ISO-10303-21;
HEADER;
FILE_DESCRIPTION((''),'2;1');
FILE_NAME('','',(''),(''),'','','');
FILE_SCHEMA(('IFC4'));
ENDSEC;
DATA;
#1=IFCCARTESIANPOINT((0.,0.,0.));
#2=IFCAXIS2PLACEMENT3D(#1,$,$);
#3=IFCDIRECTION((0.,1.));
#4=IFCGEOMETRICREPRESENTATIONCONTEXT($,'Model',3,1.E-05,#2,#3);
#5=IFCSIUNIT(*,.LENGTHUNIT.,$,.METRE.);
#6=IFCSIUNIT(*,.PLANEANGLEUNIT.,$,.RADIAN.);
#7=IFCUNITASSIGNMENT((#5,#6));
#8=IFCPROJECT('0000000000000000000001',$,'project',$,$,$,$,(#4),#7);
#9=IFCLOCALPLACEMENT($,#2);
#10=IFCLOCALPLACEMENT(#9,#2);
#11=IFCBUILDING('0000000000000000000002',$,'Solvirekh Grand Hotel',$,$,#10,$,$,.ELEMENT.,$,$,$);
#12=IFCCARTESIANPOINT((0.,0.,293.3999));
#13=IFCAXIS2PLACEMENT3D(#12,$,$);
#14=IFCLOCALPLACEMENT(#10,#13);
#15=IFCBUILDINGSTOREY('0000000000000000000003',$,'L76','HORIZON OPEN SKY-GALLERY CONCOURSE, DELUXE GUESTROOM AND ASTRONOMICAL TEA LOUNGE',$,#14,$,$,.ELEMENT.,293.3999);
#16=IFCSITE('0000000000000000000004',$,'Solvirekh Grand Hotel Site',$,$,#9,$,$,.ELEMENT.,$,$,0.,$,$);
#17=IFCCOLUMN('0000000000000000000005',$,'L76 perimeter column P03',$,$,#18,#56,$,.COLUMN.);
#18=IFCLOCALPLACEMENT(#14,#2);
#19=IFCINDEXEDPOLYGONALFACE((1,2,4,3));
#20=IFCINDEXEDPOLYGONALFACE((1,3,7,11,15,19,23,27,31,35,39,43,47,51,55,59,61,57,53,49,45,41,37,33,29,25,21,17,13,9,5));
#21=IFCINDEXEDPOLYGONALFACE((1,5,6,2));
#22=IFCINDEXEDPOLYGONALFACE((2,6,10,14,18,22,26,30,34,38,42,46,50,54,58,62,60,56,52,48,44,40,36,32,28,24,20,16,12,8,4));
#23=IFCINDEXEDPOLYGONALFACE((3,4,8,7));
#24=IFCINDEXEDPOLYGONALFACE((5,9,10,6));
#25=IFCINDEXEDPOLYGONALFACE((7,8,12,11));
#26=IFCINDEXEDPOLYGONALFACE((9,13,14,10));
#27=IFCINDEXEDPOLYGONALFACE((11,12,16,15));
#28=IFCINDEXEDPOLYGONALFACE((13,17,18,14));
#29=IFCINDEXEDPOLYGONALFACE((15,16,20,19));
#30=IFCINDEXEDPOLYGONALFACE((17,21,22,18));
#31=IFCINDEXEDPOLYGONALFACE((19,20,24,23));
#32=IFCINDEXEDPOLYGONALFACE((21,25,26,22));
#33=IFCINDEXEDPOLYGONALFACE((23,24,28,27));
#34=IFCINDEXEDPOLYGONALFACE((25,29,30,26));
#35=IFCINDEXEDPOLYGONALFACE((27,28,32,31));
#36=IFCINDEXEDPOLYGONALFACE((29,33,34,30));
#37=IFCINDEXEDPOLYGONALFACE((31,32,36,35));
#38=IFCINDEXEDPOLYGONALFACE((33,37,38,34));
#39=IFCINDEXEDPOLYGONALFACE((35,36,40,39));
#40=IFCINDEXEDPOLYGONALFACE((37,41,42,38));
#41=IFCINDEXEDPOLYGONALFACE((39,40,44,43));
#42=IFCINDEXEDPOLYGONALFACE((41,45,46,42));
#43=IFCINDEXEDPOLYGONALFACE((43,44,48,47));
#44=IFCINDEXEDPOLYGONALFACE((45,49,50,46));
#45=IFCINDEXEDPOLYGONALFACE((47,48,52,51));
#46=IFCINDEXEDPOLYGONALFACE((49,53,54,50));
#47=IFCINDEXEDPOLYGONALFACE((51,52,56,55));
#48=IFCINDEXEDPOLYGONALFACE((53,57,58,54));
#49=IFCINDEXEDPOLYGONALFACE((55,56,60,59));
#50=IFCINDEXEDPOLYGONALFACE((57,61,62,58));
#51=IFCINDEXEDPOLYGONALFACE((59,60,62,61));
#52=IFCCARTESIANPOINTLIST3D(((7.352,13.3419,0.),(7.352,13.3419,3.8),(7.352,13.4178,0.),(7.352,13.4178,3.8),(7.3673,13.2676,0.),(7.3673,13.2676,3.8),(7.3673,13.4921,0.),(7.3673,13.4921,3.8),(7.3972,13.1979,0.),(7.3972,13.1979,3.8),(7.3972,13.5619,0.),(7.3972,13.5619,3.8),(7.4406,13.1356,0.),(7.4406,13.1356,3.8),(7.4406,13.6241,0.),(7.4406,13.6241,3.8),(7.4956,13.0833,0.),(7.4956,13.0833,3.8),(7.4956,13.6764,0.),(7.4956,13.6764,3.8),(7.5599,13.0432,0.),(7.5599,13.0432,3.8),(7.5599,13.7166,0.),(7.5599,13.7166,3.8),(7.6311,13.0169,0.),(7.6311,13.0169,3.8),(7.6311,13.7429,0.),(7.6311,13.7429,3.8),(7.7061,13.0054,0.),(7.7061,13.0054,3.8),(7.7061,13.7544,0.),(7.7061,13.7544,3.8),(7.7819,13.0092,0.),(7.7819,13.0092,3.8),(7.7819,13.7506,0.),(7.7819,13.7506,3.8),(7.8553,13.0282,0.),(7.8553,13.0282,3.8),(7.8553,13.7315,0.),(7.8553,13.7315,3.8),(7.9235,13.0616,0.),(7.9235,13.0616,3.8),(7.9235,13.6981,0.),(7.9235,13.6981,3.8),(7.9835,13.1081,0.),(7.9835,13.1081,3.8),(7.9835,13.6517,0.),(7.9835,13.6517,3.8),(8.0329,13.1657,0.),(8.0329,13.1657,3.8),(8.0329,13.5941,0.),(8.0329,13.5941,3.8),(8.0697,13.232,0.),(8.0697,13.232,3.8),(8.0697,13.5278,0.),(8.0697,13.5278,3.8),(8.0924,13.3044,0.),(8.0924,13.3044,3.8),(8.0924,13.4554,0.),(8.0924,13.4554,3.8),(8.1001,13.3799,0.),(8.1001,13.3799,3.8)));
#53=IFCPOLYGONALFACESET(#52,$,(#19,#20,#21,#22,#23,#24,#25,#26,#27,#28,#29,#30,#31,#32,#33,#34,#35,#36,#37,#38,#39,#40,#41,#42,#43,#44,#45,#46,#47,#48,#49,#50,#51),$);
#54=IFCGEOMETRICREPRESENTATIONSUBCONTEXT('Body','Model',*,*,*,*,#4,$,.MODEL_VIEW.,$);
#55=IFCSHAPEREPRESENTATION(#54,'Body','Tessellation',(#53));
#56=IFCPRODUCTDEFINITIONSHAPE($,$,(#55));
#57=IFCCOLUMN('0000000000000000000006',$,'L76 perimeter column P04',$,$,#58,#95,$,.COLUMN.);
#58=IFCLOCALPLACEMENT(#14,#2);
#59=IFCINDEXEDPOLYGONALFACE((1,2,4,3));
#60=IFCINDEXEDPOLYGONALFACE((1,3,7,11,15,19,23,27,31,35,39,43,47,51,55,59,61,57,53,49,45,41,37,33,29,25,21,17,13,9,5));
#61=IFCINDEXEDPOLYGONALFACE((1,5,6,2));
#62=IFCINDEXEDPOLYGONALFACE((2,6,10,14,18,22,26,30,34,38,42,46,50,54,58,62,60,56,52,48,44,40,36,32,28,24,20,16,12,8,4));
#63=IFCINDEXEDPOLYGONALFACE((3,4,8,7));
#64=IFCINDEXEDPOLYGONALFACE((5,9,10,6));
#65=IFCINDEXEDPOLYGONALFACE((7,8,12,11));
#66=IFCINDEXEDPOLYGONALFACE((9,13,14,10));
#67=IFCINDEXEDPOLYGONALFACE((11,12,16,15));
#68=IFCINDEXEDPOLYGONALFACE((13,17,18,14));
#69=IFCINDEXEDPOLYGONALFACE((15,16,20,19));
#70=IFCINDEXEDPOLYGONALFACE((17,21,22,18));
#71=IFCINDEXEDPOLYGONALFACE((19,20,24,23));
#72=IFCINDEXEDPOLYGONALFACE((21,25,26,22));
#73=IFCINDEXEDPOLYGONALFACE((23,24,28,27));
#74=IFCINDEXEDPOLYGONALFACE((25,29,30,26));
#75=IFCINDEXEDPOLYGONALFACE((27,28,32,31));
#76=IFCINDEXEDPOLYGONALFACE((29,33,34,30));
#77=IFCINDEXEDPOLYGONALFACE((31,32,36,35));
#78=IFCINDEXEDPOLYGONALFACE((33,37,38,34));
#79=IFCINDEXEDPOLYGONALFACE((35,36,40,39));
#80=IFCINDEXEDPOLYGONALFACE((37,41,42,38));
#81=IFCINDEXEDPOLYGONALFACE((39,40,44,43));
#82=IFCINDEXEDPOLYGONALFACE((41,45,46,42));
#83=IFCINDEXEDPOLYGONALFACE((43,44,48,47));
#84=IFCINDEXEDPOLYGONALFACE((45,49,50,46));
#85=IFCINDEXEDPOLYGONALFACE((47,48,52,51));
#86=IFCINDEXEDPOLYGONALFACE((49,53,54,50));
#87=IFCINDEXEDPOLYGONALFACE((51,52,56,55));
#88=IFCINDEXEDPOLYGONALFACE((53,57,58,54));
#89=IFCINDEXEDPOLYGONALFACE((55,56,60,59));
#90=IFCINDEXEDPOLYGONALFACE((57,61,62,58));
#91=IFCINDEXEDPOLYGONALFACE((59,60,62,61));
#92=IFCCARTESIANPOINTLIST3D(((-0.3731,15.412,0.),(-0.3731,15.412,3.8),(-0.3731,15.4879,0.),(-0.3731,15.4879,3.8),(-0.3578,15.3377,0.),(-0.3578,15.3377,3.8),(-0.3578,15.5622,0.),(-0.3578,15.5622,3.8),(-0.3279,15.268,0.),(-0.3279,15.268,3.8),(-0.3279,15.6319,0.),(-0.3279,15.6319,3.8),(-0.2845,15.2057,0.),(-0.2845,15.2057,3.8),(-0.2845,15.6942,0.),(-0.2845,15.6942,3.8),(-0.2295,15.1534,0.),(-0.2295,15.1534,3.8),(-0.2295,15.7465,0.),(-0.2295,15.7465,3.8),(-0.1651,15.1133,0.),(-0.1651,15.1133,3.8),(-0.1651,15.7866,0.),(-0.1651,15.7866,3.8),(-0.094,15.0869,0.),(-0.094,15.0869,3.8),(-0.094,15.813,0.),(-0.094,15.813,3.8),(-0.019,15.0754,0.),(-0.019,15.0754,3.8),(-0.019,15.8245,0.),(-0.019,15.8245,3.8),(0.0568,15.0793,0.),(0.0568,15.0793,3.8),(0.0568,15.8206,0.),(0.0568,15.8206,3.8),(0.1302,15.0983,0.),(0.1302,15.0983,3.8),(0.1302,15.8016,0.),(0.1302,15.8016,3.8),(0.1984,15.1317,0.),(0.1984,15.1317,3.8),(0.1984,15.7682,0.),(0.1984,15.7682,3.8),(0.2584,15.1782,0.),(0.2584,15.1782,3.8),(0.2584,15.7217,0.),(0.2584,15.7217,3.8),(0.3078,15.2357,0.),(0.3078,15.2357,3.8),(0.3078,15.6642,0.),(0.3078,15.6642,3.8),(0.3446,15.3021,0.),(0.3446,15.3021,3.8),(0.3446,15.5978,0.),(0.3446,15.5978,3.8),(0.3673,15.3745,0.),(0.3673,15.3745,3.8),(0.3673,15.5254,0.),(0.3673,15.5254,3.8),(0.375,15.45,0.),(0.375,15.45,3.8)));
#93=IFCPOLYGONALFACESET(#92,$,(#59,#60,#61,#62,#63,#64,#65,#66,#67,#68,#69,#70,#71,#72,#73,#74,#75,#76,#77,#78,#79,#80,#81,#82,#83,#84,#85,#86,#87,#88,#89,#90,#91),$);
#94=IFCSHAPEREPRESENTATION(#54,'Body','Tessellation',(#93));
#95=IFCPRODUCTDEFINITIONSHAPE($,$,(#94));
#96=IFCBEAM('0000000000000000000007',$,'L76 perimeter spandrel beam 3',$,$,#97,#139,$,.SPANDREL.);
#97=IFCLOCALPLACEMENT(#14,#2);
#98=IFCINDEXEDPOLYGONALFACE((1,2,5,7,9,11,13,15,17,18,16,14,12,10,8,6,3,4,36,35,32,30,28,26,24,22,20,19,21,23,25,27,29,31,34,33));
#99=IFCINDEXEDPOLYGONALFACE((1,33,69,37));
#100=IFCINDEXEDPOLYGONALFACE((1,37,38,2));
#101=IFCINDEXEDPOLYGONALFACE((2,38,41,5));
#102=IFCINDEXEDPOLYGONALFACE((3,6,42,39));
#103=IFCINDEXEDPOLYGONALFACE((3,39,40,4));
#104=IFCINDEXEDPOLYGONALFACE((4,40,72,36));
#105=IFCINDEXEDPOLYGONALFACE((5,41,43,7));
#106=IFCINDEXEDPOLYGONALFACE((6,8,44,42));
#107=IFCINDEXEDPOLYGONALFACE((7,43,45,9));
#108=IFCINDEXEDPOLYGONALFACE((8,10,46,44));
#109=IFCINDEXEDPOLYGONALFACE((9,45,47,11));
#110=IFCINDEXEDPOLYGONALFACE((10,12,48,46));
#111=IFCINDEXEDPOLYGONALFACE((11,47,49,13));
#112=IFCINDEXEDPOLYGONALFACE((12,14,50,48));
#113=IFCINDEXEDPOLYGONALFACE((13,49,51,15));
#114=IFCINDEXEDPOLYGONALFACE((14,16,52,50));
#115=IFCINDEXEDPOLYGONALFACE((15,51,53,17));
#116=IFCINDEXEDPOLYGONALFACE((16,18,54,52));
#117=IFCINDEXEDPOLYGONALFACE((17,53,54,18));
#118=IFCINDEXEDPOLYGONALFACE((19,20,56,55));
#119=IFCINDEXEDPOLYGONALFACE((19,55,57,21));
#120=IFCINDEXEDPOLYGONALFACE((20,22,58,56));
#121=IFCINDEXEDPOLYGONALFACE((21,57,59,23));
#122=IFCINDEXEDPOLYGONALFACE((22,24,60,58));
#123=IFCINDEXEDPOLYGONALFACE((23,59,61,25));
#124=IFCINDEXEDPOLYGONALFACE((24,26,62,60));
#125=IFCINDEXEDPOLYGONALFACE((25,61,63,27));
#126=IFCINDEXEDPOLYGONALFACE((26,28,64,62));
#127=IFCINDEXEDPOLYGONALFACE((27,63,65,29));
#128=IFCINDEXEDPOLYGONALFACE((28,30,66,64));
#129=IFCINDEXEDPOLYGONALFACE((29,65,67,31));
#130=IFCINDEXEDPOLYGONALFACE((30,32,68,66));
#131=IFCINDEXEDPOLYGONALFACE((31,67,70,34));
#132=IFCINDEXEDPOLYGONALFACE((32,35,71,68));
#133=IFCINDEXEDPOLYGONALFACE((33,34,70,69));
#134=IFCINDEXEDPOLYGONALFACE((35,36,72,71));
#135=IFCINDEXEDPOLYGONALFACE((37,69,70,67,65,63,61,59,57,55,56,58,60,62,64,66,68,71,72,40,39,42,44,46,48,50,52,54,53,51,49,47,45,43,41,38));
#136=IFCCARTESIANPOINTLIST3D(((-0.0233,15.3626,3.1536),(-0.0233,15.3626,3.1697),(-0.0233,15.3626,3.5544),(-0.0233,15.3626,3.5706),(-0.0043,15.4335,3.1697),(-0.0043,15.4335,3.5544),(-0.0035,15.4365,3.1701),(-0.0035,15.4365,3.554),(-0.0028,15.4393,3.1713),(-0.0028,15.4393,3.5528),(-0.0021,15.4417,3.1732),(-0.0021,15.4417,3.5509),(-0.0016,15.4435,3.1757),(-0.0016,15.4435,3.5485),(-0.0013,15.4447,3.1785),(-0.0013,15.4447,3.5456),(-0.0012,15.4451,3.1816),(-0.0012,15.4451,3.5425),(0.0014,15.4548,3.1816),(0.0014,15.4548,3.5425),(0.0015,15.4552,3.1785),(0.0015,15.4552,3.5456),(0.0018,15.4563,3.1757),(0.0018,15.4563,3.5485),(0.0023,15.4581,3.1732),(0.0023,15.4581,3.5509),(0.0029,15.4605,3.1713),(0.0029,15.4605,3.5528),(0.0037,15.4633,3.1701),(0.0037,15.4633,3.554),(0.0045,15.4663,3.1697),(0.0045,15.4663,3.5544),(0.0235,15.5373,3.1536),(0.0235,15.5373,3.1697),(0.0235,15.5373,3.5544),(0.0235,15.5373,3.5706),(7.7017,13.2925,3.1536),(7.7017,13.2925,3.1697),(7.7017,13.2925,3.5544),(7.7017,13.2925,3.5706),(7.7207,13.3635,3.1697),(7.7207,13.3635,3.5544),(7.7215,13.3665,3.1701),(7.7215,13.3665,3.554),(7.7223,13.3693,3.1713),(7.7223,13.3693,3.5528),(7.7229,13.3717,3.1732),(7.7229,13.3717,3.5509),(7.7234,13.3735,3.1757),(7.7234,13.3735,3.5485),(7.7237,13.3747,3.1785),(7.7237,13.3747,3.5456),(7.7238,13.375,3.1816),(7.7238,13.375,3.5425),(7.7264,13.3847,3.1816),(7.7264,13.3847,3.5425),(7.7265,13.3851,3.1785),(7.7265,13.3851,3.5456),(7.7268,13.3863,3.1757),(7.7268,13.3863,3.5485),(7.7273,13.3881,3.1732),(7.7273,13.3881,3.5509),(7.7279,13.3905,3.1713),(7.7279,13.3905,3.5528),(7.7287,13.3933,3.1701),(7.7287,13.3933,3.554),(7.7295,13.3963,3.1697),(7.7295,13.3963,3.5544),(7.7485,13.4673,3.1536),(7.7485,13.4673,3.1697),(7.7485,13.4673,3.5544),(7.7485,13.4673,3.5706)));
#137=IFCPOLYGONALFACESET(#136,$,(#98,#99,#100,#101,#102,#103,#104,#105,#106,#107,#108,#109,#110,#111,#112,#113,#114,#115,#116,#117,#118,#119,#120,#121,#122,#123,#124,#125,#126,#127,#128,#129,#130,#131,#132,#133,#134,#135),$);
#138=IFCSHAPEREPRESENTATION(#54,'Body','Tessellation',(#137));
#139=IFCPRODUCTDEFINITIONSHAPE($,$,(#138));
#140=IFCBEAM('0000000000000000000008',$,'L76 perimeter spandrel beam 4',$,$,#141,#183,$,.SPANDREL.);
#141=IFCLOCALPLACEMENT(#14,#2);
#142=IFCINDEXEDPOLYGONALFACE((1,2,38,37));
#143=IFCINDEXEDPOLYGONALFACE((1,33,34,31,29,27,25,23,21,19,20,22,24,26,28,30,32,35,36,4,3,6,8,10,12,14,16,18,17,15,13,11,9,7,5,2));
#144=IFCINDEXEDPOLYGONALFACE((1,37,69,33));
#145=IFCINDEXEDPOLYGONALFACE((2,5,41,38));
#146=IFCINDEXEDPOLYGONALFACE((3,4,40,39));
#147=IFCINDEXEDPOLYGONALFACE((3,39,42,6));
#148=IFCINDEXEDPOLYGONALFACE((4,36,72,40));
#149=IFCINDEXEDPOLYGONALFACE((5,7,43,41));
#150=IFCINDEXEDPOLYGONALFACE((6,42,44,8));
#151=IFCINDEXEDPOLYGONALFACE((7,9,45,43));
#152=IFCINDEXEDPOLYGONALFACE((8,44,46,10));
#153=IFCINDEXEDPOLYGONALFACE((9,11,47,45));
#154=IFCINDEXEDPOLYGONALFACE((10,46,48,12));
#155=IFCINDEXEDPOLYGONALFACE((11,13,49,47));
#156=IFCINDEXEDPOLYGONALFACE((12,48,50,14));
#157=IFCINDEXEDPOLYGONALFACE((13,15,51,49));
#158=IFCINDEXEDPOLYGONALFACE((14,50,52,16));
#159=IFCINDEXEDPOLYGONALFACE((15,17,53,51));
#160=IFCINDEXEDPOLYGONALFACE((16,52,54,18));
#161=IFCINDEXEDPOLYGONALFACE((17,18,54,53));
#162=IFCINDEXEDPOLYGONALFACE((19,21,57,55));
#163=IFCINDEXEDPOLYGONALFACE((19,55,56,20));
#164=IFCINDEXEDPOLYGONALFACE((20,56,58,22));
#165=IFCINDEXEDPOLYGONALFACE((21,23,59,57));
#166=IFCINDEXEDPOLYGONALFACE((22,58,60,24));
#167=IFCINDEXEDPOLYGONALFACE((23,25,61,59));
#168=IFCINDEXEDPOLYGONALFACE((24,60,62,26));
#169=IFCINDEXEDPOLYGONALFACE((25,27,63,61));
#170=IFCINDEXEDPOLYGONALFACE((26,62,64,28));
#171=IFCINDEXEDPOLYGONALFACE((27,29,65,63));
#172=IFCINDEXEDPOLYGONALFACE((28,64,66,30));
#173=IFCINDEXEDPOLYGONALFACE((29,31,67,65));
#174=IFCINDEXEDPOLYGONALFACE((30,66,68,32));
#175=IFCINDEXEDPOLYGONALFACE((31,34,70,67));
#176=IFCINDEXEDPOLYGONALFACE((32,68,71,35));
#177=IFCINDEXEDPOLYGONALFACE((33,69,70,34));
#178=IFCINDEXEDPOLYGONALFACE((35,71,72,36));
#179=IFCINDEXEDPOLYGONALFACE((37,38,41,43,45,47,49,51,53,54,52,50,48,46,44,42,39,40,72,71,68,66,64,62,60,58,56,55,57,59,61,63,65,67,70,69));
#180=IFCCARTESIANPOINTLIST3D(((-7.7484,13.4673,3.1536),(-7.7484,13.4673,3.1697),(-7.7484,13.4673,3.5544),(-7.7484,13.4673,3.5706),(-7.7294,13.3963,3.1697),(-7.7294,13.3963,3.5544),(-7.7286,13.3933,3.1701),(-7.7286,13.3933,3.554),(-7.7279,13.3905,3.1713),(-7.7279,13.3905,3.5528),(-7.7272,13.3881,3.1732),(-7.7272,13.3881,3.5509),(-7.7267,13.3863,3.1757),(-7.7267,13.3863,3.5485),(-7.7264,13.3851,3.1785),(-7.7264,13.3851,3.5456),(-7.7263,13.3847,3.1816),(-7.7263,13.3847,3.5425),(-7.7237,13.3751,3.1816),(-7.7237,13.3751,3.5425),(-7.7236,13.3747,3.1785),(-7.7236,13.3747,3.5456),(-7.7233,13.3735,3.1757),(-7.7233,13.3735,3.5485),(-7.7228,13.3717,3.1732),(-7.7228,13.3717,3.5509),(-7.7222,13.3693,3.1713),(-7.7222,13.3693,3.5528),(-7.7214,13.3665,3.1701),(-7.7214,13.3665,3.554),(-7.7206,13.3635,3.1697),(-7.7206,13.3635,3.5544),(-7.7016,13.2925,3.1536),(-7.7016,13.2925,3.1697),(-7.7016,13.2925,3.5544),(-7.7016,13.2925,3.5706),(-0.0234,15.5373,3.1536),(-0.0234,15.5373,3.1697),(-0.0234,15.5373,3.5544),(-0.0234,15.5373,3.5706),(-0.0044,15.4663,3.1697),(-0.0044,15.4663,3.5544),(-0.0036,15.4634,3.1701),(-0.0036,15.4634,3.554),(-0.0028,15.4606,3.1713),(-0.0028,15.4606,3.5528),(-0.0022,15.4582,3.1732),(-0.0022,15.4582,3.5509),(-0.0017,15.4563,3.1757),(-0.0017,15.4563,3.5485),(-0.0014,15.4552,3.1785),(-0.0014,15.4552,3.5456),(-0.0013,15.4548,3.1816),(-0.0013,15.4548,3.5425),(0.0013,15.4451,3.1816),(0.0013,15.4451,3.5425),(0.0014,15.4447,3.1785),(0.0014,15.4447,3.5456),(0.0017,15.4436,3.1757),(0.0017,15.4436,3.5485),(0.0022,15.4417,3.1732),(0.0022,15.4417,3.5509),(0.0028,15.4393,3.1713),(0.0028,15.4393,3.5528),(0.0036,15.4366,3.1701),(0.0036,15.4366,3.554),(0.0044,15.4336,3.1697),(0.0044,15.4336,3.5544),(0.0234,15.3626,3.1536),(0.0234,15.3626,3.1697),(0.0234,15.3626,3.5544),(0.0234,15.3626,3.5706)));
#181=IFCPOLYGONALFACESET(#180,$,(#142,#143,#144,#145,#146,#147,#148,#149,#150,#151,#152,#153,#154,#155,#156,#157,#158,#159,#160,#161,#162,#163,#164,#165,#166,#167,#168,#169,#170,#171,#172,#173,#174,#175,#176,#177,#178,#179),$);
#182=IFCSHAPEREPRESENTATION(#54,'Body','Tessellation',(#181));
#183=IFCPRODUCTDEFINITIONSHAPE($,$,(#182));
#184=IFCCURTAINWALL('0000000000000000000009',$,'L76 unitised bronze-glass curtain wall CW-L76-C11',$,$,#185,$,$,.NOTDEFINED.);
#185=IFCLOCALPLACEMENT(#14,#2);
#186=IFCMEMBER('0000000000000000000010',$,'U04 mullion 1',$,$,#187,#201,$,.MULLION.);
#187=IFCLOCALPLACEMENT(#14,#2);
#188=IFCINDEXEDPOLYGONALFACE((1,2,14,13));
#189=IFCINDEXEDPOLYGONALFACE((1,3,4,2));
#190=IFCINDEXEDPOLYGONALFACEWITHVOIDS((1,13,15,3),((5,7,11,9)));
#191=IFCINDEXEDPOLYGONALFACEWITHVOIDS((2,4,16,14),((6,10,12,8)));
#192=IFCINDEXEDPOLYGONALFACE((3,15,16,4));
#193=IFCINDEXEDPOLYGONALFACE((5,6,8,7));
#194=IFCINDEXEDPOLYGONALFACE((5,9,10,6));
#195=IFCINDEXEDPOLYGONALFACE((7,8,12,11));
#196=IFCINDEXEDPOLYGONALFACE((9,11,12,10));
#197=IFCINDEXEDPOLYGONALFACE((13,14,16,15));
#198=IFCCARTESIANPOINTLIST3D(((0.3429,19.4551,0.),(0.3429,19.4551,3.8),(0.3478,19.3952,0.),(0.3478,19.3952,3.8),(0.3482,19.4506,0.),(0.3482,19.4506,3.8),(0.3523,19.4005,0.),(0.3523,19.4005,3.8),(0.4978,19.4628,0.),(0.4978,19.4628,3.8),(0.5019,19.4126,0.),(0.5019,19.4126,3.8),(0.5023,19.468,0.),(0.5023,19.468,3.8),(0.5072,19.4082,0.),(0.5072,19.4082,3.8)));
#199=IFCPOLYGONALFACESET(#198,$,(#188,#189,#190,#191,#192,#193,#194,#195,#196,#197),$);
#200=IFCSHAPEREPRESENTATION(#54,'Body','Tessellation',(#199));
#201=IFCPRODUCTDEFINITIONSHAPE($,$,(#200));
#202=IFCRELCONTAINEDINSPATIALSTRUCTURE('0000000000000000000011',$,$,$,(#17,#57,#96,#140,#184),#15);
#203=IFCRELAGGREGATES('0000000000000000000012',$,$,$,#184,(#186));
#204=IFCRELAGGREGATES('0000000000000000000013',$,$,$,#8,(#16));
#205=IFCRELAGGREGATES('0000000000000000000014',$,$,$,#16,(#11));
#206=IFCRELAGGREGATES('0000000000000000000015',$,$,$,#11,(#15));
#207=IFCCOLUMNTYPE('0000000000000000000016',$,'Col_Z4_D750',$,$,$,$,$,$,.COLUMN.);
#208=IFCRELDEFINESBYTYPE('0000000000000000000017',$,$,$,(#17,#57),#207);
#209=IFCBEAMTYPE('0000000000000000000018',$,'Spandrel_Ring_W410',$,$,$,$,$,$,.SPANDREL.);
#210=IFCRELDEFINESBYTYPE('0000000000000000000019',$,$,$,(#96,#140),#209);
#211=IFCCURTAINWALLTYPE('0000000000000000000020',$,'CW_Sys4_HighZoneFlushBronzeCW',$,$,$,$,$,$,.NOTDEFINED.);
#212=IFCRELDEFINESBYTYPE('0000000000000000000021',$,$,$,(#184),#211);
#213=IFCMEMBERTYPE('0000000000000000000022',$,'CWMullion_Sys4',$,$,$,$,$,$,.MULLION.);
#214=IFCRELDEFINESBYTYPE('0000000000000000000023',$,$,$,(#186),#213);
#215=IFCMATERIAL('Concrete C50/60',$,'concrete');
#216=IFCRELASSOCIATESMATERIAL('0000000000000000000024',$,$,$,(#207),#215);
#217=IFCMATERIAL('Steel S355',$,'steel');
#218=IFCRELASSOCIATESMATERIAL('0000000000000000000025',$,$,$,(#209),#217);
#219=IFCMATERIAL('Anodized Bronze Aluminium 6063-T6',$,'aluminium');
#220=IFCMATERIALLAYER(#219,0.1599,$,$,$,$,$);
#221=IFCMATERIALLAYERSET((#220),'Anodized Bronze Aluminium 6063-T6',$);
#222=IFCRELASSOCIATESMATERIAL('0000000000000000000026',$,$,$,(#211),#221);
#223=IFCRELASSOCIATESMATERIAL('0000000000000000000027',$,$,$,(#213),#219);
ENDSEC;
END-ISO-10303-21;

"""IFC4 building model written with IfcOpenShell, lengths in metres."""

from ifc_helpers import new_model, si_unit, direction, frame, origin, origin_2d, place, context, subcontext, project, spatial, hollow_rectangle, circle, i_section, extrude, source, transform, mapped, material, layer, layer_set, material_profile, profile_set, type_object, element, aggregate, save


model = new_model("IFC4")

# Units and contexts
model_context = context("Model", 3, precision=1e-05, world=origin(), true_north=direction((0.0, 1.0)))
body_context = subcontext(model_context, "Body", "Model", "MODEL_VIEW")
ifc_project = project(units=[si_unit("LENGTHUNIT", "METRE"), si_unit("PLANEANGLEUNIT", "RADIAN")], contexts=[model_context])

# Site, building, storey
site_placement = place(None, origin())
site = spatial("IfcSite", under=ifc_project, at=site_placement, Name="Solvirekh Grand Hotel Site", CompositionType="ELEMENT", RefElevation=0.0)
building_placement = place(site_placement, origin())
building = spatial("IfcBuilding", under=site, at=building_placement, Name="Solvirekh Grand Hotel", CompositionType="ELEMENT")
storey_placement = place(building_placement, frame((0.0, 0.0, 293.3999)))
storey = spatial("IfcBuildingStorey", under=building, at=storey_placement, Name="L76", Description="HORIZON OPEN SKY-GALLERY CONCOURSE, DELUXE GUESTROOM AND ASTRONOMICAL TEA LOUNGE", CompositionType="ELEMENT", Elevation=293.3999)

# Columns
ifc_material_1 = material(Name="Concrete C50/60", Category="concrete")
ifc_material_profile_1 = material_profile(ifc_material_1, circle(Radius=0.375, at=origin_2d()), Name="RC CIRC D750")
ifc_profile_set_1 = profile_set([ifc_material_profile_1], Name="Concrete C50/60")
column_type = type_object("IfcColumnType", Name="Col_Z4_D750", PredefinedType="COLUMN", material=ifc_profile_set_1)
for number, where, z_axis, x_axis, name in (
    (1, (7.7251, 13.3799, 0.0), (0.0, 0.0, 1.0), (1.0, 0.0, 0.0), "L76 perimeter column P03"),
    (2, (0.0, 15.45, 0.0), (0.0, 0.0, 1.0), (1.0, 0.0, 0.0), "L76 perimeter column P04"),
):
    element("IfcColumn", number, at=place(storey_placement, frame(where, z_axis=z_axis, x_axis=x_axis)), inside=storey, type_object=column_type, Name=name, PredefinedType="COLUMN", context=body_context, shape_type="SweptSolid", body=[
        extrude(circle(Radius=0.375, at=origin_2d()), origin(), (0.0, 0.0, 1.0), 3.8),
    ])

# Beams
ifc_material_2 = material(Name="Steel S355", Category="steel")
ifc_material_profile_2 = material_profile(ifc_material_2, i_section(OverallWidth=0.1809, OverallDepth=0.417, WebThickness=0.01, FlangeThickness=0.0161, FilletRadius=0.012, at=origin_2d()), Name="W410X85")
ifc_profile_set_2 = profile_set([ifc_material_profile_2], Name="Steel S355")
beam_type = type_object("IfcBeamType", Name="Spandrel_Ring_W410", PredefinedType="SPANDREL", material=ifc_profile_set_2)
for number, where, z_axis, x_axis, name in (
    (3, (7.7251, 13.3799, 3.3621), (-0.965922, 0.258835, 0.0), (-0.258835, -0.965922, 0.0), "L76 perimeter spandrel beam 3"),
    (4, (0.0, 15.45, 3.3621), (-0.965922, -0.258835, 0.0), (0.258835, -0.965922, 0.0), "L76 perimeter spandrel beam 4"),
):
    element("IfcBeam", number, at=place(storey_placement, frame(where, z_axis=z_axis, x_axis=x_axis)), inside=storey, type_object=beam_type, Name=name, PredefinedType="SPANDREL", context=body_context, shape_type="SweptSolid", body=[
        extrude(i_section(OverallWidth=0.1809, OverallDepth=0.417, WebThickness=0.01, FlangeThickness=0.0161, FilletRadius=0.012, at=origin_2d()), origin(), (0.0, 0.0, 1.0), 7.9976),
    ])

# Curtain wall, member
ifc_material_3 = material(Name="Anodized Bronze Aluminium 6063-T6", Category="aluminium")
ifc_layer_1 = layer(ifc_material_3, 0.1599)
ifc_layer_set_1 = layer_set([ifc_layer_1], Name="Anodized Bronze Aluminium 6063-T6")
curtain_wall_type = type_object("IfcCurtainWallType", Name="CW_Sys4_HighZoneFlushBronzeCW", PredefinedType="NOTDEFINED", material=ifc_layer_set_1)
curtain_wall_placement = place(storey_placement, origin())
curtain_wall = element("IfcCurtainWall", 5, at=curtain_wall_placement, inside=storey, type_object=curtain_wall_type, Name="L76 unitised bronze-glass curtain wall CW-L76-C11", PredefinedType="NOTDEFINED")
ifc_material_profile_3 = material_profile(ifc_material_3, hollow_rectangle(XDim=0.0601, YDim=0.1599, WallThickness=0.0049, at=origin_2d()), Name="ALU RHS 160X60X5")
ifc_profile_set_3 = profile_set([ifc_material_profile_3], Name="Anodized Bronze Aluminium 6063-T6")
member_type_1 = type_object("IfcMemberType", Name="CWMullion_Sys4", PredefinedType="MULLION", material=ifc_profile_set_3)
shared_shape_1 = source(origin(), body_context, "Body", "SweptSolid", [
    extrude(hollow_rectangle(XDim=0.0601, YDim=0.1599, WallThickness=0.0049, at=origin_2d()), origin(), (0.0, 0.0, 1.0), 3.8),
])
member_1_placement = place(storey_placement, frame((0.425, 19.4316, 0.0), z_axis=(0.0, 0.0, 1.0), x_axis=(0.080889, -0.996723, 0.0)))
member_1 = element("IfcMember", 6, at=member_1_placement, type_object=member_type_1, Name="U04 mullion 1", PredefinedType="MULLION", context=body_context, shape_type="MappedRepresentation", body=[
    mapped(shared_shape_1, transform((0.0, 0.0, 0.0), x_axis=(1.0, 0.0, 0.0), y_axis=(0.0, 1.0, 0.0), z_axis=(0.0, 0.0, 1.0), scale=1.0)),
])
aggregate(curtain_wall, [member_1])

save(model, "model.ifc")
